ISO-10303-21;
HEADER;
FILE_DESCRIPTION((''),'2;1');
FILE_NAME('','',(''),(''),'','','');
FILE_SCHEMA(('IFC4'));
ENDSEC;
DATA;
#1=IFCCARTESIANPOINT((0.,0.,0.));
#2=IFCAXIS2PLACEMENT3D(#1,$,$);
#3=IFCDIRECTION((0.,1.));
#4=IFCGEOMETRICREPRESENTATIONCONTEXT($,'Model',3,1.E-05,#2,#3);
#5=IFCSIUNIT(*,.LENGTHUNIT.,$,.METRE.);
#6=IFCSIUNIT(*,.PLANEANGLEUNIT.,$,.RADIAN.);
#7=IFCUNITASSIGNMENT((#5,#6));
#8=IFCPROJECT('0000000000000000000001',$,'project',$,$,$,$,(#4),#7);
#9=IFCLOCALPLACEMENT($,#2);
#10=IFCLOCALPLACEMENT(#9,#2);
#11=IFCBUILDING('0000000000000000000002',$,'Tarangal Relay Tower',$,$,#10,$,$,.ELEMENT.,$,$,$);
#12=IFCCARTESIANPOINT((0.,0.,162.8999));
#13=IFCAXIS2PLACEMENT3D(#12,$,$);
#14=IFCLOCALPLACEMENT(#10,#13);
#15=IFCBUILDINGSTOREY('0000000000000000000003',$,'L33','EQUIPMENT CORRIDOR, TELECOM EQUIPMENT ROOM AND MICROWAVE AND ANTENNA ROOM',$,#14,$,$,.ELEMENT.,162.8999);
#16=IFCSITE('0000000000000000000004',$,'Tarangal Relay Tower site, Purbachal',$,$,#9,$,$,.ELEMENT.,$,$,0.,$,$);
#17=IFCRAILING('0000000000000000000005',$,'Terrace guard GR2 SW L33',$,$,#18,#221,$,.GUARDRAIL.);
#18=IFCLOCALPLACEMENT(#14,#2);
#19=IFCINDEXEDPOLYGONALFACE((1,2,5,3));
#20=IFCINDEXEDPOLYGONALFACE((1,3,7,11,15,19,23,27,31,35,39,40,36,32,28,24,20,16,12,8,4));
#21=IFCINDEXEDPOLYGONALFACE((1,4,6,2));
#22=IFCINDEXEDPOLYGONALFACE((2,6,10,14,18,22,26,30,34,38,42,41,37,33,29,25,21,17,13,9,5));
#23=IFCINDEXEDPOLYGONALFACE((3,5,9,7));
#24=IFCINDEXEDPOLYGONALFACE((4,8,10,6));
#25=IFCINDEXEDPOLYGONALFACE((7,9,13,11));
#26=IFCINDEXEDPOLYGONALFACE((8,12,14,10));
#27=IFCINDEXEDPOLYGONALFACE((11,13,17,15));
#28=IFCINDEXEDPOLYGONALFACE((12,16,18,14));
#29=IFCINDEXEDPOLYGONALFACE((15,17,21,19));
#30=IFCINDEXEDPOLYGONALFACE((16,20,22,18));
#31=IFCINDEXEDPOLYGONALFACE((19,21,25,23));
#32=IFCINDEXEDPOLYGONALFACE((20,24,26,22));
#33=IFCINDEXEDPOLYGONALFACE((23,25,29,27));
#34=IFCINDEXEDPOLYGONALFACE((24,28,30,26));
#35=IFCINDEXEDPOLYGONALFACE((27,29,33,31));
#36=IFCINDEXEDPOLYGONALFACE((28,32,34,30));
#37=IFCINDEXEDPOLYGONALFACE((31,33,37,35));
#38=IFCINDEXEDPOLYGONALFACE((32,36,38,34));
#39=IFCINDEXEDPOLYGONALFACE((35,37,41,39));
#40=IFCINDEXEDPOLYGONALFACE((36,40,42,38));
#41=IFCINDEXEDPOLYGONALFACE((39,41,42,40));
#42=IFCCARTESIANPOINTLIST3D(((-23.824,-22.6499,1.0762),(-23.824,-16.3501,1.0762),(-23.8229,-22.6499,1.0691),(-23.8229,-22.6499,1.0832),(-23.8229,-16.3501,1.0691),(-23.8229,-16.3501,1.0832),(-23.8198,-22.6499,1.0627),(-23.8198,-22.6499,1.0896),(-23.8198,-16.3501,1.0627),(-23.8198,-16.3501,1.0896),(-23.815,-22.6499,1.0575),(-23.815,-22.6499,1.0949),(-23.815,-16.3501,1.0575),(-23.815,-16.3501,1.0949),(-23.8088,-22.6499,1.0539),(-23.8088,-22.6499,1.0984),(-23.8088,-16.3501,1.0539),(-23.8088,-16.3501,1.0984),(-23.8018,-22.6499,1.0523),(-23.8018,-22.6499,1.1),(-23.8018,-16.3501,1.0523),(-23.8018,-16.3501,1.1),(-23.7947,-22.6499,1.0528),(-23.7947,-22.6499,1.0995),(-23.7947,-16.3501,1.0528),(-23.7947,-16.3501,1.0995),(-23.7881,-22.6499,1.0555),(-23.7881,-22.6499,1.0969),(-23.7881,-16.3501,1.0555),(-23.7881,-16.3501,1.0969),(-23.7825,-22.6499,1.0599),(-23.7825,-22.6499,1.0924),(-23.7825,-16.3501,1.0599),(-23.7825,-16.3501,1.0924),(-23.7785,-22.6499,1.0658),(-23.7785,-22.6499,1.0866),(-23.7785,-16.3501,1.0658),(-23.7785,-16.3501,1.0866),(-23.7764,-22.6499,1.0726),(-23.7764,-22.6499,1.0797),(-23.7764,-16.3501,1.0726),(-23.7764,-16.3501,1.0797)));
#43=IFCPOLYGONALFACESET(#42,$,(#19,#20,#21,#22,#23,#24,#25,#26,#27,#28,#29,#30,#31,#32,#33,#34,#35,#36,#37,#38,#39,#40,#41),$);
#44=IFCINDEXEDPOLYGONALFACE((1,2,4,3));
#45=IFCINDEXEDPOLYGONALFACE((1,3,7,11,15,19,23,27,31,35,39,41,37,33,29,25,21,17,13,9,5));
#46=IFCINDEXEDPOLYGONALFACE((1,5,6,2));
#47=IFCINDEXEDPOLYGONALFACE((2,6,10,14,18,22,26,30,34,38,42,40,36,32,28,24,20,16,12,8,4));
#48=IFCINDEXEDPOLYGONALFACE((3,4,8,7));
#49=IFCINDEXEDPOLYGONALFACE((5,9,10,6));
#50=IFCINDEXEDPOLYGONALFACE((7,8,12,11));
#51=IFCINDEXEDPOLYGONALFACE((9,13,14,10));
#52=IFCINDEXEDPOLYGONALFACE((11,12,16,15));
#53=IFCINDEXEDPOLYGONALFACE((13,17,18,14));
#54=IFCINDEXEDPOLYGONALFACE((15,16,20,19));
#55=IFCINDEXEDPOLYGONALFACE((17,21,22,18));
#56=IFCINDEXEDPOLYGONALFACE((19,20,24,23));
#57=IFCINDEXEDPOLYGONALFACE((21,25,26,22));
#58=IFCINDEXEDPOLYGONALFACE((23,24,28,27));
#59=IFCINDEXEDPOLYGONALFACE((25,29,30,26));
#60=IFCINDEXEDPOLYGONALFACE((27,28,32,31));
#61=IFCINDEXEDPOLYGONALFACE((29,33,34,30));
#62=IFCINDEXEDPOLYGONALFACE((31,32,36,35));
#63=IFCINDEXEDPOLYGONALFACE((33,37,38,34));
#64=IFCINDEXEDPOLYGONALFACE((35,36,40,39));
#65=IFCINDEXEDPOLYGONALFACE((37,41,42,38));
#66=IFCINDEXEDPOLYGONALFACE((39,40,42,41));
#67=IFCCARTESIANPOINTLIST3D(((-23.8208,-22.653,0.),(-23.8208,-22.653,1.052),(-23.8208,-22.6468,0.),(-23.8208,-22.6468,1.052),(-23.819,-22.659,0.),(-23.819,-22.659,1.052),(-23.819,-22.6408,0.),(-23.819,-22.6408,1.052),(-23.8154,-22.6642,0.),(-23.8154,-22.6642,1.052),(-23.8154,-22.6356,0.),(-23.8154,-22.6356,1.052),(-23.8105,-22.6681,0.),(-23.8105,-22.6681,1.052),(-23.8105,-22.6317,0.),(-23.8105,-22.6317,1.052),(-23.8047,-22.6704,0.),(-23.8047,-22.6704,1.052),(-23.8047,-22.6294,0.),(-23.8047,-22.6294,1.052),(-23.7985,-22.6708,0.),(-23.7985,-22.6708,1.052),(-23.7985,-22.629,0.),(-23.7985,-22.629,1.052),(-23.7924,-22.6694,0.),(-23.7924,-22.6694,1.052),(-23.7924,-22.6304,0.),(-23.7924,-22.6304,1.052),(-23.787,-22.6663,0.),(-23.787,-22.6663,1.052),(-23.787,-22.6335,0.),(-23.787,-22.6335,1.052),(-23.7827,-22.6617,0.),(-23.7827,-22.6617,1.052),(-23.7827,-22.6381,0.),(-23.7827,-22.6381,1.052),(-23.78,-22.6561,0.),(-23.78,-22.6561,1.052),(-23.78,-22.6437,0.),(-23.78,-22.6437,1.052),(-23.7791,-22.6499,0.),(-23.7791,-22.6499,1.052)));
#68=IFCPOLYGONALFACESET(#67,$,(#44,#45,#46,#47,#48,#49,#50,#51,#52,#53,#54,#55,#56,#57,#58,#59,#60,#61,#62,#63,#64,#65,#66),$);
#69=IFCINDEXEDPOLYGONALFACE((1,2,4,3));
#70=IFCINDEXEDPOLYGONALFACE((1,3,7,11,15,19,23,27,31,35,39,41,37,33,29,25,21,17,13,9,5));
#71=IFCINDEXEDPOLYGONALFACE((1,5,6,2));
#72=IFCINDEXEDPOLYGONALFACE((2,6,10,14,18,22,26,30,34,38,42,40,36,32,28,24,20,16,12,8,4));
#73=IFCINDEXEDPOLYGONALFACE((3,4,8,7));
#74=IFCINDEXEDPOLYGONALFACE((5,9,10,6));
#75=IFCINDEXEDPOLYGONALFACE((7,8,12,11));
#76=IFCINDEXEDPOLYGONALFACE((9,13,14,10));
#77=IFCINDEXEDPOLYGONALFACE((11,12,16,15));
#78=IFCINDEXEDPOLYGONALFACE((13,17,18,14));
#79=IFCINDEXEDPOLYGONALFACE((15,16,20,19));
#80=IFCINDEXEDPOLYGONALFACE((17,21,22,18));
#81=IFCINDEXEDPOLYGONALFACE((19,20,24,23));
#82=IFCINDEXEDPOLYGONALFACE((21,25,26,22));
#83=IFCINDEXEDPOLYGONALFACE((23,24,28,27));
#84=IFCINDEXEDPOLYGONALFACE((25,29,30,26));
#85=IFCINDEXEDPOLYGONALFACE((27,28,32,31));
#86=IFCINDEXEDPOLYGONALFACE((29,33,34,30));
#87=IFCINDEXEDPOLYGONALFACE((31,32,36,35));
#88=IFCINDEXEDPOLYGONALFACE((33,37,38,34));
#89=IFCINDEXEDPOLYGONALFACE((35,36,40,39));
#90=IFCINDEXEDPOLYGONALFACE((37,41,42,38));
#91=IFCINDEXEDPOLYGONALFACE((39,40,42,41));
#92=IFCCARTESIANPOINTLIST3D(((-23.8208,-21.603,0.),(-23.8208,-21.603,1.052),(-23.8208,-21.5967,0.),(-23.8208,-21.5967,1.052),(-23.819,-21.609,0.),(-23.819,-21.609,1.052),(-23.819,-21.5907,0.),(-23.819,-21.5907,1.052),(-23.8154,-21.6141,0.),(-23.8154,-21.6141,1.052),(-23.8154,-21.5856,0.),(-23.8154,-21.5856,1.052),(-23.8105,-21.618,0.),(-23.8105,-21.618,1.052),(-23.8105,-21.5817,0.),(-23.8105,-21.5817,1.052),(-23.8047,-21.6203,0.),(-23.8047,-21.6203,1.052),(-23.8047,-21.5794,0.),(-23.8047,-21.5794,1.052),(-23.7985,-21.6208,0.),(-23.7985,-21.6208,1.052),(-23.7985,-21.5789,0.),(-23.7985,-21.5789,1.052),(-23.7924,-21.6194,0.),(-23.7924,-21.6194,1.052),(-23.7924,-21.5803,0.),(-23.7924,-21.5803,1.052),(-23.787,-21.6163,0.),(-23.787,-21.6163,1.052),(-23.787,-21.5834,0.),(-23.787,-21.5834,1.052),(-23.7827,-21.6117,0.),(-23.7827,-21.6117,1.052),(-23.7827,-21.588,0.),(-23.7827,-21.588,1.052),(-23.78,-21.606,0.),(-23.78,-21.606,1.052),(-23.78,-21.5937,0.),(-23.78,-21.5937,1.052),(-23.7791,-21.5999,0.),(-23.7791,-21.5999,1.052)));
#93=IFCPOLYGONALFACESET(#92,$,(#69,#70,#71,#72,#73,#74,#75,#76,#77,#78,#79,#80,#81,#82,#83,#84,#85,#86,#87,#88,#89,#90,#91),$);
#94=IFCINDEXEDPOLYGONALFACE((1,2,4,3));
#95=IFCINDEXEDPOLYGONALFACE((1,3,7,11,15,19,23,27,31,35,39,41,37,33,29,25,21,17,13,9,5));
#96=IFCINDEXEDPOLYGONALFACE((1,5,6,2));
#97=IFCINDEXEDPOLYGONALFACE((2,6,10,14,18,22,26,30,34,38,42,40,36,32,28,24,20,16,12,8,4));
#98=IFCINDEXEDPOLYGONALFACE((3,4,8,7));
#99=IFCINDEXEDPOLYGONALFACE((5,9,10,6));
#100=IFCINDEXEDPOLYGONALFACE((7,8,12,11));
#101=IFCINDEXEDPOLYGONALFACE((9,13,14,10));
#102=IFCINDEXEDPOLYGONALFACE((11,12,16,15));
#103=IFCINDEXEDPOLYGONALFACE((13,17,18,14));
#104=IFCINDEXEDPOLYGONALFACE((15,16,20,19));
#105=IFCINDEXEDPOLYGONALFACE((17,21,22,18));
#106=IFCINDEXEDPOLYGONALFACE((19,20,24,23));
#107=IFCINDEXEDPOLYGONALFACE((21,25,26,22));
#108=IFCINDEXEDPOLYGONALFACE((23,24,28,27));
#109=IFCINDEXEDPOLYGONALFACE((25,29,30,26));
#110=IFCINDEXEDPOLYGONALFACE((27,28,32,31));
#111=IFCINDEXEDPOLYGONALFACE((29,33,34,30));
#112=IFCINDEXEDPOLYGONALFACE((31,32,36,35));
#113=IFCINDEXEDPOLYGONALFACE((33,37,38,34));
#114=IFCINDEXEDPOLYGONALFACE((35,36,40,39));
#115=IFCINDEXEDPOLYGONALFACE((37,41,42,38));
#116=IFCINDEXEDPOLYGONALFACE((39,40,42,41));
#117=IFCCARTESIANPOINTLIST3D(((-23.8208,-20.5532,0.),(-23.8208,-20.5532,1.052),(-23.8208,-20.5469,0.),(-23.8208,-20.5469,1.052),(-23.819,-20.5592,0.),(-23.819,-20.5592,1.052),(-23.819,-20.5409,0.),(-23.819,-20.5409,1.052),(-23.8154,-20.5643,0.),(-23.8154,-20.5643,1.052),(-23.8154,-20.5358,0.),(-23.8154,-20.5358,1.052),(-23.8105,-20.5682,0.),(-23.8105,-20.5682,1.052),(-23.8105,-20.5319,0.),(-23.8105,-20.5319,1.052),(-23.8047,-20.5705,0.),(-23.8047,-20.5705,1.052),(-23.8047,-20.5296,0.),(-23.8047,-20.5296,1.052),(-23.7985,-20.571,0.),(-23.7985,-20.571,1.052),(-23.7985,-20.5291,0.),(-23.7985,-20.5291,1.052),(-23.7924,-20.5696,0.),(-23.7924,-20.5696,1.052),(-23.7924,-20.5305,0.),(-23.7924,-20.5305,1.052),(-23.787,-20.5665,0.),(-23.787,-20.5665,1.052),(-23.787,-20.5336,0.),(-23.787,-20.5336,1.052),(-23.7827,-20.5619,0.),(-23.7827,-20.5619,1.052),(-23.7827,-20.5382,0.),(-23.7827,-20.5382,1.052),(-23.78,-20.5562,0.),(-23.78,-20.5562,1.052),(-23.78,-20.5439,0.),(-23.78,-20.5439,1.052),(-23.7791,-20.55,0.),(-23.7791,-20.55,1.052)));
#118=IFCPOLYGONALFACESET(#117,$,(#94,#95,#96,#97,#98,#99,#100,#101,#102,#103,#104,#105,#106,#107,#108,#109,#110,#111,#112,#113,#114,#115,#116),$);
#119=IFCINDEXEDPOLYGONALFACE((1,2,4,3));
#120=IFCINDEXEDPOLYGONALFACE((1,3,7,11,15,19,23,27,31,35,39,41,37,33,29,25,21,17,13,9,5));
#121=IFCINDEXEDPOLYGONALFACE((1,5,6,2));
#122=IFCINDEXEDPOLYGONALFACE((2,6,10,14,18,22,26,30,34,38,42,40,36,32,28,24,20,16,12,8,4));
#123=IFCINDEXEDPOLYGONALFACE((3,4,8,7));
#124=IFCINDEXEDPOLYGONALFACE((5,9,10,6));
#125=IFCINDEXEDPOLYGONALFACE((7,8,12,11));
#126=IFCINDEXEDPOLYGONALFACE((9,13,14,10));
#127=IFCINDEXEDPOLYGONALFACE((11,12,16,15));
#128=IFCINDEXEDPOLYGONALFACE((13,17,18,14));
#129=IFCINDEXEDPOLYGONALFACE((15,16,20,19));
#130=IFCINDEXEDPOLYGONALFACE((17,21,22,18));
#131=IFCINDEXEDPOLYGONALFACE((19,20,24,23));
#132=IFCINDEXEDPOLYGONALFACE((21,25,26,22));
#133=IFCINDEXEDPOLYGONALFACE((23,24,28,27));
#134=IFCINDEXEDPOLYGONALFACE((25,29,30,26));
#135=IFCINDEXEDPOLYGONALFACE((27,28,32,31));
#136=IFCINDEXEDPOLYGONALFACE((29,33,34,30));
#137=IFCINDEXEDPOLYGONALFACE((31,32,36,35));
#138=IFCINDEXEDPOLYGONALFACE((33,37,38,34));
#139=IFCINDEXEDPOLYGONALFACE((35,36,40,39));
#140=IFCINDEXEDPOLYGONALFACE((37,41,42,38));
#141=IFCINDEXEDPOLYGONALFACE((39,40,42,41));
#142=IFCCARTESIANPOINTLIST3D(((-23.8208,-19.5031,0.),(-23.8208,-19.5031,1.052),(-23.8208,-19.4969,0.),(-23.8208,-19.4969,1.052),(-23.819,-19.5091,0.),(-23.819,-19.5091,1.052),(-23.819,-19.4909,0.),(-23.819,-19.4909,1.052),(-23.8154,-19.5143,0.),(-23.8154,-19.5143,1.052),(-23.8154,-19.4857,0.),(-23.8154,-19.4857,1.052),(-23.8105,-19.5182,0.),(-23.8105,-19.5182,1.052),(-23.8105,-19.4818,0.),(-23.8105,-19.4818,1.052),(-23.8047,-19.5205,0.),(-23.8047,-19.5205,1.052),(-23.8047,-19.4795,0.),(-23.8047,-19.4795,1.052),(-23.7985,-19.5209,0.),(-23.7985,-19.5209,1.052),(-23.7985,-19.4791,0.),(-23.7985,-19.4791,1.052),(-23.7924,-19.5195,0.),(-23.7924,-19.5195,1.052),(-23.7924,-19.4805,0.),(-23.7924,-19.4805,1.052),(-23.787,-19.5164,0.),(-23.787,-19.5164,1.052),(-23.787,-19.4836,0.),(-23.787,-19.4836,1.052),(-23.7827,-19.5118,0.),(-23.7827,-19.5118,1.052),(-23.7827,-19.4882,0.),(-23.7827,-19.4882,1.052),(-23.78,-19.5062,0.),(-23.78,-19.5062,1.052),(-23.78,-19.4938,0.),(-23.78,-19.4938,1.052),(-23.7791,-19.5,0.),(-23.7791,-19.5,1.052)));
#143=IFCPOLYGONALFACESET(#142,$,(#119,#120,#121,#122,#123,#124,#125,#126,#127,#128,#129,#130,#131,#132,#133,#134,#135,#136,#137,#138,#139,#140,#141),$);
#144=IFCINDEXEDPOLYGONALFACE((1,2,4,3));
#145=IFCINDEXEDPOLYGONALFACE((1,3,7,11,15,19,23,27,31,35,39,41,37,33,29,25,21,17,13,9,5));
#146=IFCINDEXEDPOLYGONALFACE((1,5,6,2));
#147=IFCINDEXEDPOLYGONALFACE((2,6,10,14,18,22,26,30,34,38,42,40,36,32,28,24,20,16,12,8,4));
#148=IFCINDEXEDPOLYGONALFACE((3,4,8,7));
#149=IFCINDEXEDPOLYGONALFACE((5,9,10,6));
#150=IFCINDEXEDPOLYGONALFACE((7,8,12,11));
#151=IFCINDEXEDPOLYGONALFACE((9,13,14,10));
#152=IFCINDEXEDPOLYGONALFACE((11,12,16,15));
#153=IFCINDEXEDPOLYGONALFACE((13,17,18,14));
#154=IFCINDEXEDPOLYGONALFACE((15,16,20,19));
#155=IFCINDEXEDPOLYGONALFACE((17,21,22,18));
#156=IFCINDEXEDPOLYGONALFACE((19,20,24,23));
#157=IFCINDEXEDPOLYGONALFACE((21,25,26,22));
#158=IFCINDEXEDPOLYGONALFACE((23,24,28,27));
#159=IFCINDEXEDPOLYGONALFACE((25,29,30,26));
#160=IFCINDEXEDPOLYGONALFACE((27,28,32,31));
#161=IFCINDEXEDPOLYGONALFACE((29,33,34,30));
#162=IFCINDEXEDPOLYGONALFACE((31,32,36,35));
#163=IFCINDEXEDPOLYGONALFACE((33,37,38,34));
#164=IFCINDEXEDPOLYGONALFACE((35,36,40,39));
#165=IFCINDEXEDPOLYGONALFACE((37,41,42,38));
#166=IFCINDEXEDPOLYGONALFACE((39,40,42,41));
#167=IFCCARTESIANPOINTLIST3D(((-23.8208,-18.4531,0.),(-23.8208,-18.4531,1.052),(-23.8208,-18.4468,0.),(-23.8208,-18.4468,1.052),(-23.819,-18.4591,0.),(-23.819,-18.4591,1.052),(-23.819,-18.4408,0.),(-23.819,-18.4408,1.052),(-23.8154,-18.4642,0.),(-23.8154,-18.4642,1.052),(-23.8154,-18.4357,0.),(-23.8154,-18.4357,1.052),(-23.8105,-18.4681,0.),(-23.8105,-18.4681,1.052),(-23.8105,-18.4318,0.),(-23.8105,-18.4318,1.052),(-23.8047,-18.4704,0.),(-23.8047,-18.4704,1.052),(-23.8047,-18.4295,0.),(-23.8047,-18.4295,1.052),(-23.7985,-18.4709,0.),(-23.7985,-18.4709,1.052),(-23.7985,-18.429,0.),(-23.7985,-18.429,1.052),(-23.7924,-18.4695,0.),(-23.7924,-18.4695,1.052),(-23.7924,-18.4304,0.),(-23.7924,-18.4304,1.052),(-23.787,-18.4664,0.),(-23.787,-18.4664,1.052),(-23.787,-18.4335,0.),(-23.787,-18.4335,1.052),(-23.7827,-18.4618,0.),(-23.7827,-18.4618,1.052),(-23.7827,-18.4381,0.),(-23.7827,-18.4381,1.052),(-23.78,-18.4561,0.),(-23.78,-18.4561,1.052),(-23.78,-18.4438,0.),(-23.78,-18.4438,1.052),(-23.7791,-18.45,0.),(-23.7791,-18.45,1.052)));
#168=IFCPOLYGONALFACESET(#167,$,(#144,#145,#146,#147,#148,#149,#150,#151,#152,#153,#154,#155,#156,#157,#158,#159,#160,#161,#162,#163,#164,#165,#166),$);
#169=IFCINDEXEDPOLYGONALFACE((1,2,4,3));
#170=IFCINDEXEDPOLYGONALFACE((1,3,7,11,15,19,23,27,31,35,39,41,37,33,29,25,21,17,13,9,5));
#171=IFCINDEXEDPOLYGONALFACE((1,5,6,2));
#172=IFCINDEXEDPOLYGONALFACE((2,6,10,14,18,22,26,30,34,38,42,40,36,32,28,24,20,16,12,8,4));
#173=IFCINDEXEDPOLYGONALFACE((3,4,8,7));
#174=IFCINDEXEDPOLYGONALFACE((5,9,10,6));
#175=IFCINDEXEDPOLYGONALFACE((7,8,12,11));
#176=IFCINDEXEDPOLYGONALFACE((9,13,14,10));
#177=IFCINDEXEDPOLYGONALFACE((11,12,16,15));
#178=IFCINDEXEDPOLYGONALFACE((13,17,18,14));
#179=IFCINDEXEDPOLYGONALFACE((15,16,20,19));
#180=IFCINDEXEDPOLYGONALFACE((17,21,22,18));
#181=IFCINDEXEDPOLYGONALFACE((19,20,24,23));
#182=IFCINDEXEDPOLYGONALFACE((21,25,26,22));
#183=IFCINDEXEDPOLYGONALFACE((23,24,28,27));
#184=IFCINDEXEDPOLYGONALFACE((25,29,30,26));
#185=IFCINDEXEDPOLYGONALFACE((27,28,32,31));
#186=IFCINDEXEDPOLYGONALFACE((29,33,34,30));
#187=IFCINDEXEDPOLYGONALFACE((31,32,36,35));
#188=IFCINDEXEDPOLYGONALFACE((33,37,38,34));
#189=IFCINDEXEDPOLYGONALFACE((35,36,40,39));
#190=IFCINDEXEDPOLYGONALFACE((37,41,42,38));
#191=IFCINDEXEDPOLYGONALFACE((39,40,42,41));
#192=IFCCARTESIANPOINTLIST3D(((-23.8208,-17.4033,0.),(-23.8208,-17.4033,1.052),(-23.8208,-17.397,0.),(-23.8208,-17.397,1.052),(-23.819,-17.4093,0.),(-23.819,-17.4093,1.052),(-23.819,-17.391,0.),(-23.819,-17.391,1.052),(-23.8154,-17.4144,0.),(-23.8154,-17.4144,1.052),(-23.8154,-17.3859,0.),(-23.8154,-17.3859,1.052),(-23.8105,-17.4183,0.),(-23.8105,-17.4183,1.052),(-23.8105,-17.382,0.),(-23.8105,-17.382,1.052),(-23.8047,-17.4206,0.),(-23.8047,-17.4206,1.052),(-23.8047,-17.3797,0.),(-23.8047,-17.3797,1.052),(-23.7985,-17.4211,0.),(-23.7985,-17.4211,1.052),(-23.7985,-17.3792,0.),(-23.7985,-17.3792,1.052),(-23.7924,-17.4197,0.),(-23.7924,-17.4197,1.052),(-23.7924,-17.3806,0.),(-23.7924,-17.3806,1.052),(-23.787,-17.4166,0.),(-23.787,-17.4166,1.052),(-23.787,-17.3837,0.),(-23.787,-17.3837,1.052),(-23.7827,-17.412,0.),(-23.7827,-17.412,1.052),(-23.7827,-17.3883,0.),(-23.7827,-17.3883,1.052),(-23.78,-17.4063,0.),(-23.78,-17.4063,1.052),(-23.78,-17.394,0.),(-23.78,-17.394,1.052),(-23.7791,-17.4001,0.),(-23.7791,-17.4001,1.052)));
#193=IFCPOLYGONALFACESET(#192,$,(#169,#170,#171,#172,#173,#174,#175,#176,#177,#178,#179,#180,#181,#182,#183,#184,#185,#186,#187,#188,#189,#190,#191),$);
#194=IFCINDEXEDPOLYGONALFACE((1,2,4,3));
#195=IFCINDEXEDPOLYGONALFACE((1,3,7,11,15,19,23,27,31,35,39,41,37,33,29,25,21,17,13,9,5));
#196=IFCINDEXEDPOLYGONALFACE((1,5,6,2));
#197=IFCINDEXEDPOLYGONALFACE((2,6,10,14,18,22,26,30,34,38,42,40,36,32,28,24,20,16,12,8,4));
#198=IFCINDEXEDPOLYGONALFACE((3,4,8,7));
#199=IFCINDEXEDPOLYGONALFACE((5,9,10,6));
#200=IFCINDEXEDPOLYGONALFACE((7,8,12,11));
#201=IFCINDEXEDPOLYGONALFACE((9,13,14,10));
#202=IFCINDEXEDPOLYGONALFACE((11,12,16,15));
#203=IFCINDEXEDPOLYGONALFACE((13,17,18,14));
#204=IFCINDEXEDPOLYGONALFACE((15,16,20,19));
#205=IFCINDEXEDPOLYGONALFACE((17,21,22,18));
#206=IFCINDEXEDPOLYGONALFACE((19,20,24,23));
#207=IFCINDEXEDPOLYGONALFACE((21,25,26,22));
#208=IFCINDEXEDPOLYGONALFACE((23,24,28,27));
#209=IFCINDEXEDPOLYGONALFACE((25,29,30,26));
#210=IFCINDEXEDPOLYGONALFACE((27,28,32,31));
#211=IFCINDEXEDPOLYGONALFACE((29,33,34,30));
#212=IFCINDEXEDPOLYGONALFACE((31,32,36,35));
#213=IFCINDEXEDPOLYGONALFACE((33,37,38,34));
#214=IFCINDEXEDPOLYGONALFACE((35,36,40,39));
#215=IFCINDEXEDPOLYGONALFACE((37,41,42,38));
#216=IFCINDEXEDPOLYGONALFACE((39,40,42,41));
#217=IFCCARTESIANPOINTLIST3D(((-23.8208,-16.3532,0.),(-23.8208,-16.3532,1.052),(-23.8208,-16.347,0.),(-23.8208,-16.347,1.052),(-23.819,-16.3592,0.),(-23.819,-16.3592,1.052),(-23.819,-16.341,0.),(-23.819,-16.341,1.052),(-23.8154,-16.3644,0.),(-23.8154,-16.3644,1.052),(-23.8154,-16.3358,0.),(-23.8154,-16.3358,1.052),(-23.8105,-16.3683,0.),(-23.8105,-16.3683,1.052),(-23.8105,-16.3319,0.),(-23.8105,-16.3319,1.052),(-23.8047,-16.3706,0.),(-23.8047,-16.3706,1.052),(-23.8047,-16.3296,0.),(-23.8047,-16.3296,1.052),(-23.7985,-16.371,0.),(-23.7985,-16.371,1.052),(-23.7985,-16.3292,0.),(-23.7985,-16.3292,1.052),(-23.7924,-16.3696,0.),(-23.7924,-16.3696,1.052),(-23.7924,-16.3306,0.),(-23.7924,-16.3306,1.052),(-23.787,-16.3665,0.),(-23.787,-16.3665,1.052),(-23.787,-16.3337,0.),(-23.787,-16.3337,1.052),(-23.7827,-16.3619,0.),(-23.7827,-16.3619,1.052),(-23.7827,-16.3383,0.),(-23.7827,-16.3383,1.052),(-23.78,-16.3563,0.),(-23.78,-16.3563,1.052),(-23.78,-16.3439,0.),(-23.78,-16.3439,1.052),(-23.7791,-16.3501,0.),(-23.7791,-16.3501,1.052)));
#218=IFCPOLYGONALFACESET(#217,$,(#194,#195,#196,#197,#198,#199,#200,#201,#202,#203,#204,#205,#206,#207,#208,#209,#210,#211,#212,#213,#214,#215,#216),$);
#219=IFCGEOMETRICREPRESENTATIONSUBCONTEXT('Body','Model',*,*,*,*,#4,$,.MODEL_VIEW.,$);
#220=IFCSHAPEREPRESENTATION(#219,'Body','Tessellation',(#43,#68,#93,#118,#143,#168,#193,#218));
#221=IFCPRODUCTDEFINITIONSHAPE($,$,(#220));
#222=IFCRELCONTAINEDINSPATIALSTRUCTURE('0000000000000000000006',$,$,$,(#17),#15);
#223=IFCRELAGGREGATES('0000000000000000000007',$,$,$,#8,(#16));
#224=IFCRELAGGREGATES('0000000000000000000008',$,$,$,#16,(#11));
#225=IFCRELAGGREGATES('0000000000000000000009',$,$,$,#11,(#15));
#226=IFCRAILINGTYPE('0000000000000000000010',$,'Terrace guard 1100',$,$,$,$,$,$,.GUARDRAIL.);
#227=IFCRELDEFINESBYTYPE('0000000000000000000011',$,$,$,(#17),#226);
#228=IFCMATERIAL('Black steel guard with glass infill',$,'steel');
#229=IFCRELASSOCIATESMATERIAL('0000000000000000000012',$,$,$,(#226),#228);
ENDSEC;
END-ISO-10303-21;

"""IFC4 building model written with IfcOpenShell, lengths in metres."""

from ifc_helpers import new_model, si_unit, direction, frame, origin, origin_2d, place, context, subcontext, project, spatial, circle, extrude, material, type_object, element, save


model = new_model("IFC4")

# Units and contexts
model_context = context("Model", 3, precision=1e-05, world=origin(), true_north=direction((0.0, 1.0)))
body_context = subcontext(model_context, "Body", "Model", "MODEL_VIEW")
ifc_project = project(units=[si_unit("LENGTHUNIT", "METRE"), si_unit("PLANEANGLEUNIT", "RADIAN")], contexts=[model_context])

# Site, building, storey
site_placement = place(None, origin())
site = spatial("IfcSite", under=ifc_project, at=site_placement, Name="Tarangal Relay Tower site, Purbachal", CompositionType="ELEMENT", RefElevation=0.0)
building_placement = place(site_placement, origin())
building = spatial("IfcBuilding", under=site, at=building_placement, Name="Tarangal Relay Tower", CompositionType="ELEMENT")
storey_placement = place(building_placement, frame((0.0, 0.0, 162.8999)))
storey = spatial("IfcBuildingStorey", under=building, at=storey_placement, Name="L33", Description="EQUIPMENT CORRIDOR, TELECOM EQUIPMENT ROOM AND MICROWAVE AND ANTENNA ROOM", CompositionType="ELEMENT", Elevation=162.8999)

# Railing
ifc_material_1 = material(Name="Black steel guard with glass infill", Category="steel")
railing_type = type_object("IfcRailingType", Name="Terrace guard 1100", PredefinedType="GUARDRAIL", material=ifc_material_1)
railing_placement = place(storey_placement, frame((-23.8, -22.6499, 0.0)))
element("IfcRailing", 1, at=railing_placement, inside=storey, type_object=railing_type, Name="Terrace guard GR2 SW L33", PredefinedType="GUARDRAIL", context=body_context, shape_type="SweptSolid", body=[
    extrude(circle(Radius=0.0239, at=origin_2d()), frame((0.0, 0.0, 1.0762), z_axis=(0.0, 1.0, 0.0), x_axis=(-1.0, 0.0, 0.0)), (0.0, 0.0, 1.0), 6.2998),
    extrude(circle(Radius=0.021, at=origin_2d()), origin(), (0.0, 0.0, 1.0), 1.052),
    extrude(circle(Radius=0.021, at=origin_2d()), frame((0.0, 1.05, 0.0)), (0.0, 0.0, 1.0), 1.052),
    extrude(circle(Radius=0.021, at=origin_2d()), frame((0.0, 2.0999, 0.0)), (0.0, 0.0, 1.0), 1.052),
    extrude(circle(Radius=0.021, at=origin_2d()), frame((0.0, 3.1499, 0.0)), (0.0, 0.0, 1.0), 1.052),
    extrude(circle(Radius=0.021, at=origin_2d()), frame((0.0, 4.2, 0.0)), (0.0, 0.0, 1.0), 1.052),
    extrude(circle(Radius=0.021, at=origin_2d()), frame((0.0, 5.2498, 0.0)), (0.0, 0.0, 1.0), 1.052),
    extrude(circle(Radius=0.021, at=origin_2d()), frame((0.0, 6.2998, 0.0)), (0.0, 0.0, 1.0), 1.052),
])

save(model, "model.ifc")
